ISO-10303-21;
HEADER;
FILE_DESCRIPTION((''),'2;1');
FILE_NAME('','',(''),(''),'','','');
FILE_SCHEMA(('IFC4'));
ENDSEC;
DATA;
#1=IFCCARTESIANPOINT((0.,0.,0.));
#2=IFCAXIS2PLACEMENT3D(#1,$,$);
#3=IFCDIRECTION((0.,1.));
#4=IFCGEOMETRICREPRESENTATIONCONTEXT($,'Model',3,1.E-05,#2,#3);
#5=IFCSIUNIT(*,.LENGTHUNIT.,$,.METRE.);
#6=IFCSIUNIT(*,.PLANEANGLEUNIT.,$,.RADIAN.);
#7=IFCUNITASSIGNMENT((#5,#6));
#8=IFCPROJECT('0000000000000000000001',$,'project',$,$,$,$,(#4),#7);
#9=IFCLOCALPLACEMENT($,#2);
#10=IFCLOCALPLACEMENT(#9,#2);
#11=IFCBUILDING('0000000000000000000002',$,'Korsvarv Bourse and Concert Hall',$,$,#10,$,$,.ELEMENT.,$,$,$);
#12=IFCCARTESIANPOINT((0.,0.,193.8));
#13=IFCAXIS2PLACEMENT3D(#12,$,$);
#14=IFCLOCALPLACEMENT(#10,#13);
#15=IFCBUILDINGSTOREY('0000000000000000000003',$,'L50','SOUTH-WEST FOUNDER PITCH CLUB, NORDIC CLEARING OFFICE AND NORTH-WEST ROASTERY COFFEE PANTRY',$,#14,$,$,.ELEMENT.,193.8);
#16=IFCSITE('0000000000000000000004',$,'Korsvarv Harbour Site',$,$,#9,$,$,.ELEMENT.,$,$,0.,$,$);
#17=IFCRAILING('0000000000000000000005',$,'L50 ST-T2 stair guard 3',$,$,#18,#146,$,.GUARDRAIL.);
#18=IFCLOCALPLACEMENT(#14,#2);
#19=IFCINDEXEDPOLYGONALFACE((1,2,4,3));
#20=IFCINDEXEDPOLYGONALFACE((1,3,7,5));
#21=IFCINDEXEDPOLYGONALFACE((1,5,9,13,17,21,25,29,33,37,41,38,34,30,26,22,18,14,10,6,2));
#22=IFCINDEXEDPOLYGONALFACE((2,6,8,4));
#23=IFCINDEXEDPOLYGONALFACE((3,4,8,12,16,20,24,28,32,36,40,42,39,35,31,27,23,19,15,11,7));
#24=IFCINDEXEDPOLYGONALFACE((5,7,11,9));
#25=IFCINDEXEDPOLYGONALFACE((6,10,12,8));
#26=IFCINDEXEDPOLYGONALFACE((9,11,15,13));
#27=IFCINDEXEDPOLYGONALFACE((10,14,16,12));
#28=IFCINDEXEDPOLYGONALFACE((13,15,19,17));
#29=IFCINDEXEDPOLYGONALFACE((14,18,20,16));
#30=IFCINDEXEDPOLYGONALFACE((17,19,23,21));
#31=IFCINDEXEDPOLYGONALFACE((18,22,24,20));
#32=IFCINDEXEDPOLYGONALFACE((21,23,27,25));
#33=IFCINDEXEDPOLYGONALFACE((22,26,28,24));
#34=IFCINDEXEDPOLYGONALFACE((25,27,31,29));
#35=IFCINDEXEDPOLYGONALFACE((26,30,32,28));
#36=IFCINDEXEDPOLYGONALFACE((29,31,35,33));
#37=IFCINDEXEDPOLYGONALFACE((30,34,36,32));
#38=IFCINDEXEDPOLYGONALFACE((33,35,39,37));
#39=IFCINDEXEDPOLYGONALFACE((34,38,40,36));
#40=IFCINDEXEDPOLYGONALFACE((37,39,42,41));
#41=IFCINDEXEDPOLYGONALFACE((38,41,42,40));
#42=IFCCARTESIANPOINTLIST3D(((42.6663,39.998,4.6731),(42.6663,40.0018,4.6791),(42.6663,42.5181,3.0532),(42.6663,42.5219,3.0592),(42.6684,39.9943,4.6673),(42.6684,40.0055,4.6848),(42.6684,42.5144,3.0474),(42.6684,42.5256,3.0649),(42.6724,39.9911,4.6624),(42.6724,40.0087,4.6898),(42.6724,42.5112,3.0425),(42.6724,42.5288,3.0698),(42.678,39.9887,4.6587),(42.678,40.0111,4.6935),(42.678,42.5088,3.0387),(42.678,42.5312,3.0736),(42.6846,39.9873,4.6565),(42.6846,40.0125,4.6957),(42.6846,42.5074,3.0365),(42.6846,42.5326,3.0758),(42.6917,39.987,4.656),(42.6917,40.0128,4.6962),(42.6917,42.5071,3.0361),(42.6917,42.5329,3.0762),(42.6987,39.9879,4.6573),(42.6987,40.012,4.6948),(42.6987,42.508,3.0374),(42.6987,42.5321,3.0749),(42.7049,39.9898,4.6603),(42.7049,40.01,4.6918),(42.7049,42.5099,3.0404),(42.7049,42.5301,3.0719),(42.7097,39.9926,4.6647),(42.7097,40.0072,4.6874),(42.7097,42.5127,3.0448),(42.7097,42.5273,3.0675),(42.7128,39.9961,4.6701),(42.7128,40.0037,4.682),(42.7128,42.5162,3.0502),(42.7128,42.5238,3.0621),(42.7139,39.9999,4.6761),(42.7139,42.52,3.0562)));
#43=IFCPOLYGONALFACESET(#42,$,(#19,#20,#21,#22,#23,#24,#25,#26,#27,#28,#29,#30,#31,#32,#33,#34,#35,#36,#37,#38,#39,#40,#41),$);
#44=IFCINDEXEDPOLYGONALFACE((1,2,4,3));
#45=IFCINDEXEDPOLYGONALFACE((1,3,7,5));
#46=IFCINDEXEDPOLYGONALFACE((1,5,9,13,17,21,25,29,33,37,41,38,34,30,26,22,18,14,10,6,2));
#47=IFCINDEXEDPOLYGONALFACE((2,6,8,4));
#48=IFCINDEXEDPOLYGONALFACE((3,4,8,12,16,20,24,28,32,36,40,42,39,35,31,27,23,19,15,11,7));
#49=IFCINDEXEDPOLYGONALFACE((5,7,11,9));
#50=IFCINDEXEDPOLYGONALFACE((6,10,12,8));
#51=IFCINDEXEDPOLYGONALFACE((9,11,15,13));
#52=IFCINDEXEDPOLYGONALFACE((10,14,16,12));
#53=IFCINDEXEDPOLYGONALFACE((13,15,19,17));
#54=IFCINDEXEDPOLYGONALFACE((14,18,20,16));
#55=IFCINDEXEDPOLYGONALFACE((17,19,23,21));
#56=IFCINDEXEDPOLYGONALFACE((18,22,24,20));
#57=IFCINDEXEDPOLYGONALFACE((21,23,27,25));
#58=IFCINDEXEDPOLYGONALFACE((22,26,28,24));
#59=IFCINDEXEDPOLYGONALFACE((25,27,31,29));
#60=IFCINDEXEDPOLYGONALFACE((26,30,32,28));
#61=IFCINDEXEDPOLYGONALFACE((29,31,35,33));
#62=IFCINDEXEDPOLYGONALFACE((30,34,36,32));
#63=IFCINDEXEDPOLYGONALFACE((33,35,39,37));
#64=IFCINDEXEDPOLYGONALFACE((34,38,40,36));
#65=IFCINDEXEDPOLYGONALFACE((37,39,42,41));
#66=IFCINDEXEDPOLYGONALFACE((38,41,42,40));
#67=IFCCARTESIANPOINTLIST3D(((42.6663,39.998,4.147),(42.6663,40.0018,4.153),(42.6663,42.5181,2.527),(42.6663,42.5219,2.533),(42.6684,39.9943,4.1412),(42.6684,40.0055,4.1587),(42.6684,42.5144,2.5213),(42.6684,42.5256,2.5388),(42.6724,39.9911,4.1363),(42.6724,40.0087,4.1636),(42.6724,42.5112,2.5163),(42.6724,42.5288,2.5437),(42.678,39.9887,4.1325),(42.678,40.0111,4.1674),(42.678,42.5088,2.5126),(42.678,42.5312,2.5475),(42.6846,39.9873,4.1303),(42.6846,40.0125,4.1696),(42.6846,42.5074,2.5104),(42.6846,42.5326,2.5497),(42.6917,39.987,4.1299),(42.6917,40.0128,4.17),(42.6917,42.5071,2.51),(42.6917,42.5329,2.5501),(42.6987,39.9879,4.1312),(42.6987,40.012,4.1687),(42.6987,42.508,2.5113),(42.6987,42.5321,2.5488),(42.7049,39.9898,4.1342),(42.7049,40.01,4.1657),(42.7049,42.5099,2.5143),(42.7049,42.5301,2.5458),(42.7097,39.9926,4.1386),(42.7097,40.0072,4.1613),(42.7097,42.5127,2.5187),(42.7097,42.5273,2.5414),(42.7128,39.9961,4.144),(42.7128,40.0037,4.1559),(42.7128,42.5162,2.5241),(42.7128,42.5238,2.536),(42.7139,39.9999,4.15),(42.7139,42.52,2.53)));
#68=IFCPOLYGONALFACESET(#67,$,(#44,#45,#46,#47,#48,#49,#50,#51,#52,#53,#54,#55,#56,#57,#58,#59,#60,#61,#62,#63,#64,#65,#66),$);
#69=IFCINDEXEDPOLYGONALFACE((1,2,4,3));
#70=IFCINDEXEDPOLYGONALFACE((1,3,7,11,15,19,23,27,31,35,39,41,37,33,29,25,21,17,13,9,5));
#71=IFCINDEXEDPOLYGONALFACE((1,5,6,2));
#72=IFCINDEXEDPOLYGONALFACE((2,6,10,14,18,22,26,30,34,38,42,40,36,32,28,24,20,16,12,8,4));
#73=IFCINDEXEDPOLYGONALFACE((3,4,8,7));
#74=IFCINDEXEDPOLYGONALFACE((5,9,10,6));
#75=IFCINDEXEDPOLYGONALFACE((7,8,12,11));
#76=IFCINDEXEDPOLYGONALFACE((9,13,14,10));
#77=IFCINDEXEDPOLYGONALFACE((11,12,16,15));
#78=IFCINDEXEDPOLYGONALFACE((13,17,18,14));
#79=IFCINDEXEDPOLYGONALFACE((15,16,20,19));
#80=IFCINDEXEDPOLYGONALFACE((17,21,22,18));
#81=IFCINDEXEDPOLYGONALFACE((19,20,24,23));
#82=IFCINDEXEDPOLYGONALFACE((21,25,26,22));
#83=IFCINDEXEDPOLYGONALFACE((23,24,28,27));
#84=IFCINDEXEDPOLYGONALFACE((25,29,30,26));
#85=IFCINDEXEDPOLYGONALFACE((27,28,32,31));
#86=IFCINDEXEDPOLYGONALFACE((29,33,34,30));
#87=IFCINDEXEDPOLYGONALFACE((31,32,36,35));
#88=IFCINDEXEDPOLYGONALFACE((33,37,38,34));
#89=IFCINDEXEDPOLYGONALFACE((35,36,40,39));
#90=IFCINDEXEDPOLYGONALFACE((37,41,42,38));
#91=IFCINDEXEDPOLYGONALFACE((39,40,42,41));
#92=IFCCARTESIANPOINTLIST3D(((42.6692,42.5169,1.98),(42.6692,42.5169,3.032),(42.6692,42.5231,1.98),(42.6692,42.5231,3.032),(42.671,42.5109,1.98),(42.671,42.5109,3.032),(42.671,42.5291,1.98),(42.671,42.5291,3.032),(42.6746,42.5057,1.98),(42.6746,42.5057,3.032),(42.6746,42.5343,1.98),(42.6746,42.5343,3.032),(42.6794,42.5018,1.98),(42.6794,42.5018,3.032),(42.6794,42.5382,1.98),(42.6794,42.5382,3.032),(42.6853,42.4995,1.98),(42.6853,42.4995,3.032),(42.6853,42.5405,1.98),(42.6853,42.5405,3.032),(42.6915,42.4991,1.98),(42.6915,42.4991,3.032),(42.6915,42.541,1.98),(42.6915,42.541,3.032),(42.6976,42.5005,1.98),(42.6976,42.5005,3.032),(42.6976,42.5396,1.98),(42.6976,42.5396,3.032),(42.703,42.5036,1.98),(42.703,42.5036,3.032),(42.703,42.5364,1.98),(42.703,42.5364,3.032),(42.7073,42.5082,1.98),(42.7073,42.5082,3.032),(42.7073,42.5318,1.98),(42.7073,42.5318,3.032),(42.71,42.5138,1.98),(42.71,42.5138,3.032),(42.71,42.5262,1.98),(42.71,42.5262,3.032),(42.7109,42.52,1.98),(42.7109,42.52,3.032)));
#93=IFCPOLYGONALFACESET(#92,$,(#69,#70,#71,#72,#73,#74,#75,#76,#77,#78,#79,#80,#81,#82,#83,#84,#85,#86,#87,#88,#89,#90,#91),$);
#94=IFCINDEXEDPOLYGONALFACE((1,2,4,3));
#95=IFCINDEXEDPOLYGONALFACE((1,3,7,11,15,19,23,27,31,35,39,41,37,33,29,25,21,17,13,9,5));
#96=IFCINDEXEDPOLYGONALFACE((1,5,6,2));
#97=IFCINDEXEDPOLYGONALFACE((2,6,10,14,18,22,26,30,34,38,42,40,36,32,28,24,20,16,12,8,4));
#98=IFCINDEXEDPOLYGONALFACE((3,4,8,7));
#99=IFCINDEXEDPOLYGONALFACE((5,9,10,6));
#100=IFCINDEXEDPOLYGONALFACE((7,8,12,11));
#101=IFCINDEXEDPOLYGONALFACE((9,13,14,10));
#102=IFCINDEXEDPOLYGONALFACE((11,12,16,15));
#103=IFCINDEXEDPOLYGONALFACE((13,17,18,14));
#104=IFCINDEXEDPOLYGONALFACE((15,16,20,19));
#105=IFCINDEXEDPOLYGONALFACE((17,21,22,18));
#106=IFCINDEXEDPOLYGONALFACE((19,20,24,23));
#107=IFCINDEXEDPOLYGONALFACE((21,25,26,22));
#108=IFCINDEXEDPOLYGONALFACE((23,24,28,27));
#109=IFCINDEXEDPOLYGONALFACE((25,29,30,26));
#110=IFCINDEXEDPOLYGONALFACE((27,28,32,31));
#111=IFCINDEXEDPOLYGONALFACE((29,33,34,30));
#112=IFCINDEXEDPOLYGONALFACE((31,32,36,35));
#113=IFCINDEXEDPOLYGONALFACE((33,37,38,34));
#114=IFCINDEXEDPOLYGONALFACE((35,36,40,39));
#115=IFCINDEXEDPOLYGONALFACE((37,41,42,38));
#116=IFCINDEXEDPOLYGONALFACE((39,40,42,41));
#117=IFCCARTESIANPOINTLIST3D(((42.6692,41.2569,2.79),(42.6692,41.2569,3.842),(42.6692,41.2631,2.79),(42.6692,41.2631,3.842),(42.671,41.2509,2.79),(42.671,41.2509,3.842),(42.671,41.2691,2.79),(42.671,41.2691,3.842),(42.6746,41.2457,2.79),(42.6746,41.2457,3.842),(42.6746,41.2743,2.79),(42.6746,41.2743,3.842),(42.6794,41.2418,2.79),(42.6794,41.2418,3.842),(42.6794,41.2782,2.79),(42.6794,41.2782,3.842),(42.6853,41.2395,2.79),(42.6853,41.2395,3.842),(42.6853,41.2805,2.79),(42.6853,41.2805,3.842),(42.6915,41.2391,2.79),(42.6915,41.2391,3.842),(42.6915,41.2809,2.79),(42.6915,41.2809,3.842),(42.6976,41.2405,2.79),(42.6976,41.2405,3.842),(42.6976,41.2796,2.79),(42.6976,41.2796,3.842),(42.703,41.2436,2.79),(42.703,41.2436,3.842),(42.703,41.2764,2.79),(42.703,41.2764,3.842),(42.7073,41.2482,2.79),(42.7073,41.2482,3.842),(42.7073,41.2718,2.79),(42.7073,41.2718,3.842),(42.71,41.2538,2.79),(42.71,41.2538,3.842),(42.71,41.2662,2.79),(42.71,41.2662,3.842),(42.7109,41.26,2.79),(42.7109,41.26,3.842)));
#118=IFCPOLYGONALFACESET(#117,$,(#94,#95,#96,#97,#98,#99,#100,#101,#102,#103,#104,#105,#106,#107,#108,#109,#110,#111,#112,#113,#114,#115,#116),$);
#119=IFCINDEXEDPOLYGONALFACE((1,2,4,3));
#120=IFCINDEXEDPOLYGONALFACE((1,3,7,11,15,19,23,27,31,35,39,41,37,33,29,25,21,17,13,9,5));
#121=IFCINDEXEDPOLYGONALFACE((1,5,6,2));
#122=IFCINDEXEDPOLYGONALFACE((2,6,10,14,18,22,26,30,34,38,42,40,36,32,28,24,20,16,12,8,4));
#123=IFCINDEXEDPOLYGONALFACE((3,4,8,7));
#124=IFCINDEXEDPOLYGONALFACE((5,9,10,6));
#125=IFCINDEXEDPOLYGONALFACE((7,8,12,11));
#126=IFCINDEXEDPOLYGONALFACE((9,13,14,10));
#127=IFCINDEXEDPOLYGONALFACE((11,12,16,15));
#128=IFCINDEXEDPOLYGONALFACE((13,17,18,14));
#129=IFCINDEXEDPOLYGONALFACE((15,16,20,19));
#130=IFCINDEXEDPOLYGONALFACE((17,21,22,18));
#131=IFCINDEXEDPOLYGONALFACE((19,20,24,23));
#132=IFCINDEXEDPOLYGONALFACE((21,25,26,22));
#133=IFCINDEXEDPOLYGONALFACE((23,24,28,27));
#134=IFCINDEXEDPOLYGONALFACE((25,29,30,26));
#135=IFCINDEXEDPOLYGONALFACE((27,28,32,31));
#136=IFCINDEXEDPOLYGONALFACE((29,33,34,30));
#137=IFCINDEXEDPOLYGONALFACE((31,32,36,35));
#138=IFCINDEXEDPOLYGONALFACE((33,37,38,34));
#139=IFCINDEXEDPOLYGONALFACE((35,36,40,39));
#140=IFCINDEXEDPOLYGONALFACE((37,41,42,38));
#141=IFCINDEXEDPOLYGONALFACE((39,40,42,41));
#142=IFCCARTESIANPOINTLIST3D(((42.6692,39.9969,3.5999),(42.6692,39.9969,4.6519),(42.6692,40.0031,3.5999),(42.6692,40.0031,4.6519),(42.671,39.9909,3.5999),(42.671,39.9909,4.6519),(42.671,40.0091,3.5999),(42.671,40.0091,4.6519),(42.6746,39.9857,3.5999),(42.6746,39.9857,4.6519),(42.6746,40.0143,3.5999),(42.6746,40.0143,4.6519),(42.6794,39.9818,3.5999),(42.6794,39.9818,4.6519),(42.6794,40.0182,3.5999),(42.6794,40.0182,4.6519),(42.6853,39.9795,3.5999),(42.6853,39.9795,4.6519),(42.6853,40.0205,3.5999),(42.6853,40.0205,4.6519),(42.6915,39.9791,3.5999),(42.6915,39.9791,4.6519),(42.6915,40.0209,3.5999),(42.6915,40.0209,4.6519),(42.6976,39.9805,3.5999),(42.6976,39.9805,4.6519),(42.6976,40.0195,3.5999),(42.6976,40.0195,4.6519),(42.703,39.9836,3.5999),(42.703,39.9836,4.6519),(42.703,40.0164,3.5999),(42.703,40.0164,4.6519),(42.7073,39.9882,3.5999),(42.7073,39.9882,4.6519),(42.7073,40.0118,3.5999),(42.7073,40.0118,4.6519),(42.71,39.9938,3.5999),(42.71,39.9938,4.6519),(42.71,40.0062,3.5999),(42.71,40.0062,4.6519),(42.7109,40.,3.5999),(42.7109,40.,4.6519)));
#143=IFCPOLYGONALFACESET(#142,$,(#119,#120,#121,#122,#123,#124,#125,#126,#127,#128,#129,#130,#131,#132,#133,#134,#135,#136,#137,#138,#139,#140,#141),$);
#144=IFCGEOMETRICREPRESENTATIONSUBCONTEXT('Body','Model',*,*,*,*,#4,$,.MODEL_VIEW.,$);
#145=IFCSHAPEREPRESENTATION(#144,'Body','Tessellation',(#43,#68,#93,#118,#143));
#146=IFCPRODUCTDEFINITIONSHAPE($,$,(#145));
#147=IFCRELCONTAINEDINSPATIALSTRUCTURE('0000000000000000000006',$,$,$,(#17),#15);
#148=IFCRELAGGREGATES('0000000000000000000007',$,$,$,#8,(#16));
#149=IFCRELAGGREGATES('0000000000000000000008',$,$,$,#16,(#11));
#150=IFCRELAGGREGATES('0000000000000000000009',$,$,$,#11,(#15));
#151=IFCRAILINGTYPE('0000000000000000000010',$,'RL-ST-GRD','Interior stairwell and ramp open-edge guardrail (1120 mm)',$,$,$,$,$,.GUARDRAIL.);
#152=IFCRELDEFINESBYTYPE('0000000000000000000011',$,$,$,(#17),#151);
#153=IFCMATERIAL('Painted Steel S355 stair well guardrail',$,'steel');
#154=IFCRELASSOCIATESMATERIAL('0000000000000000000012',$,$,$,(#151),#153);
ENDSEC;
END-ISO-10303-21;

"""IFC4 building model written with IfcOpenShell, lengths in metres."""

from ifc_helpers import new_model, si_unit, direction, frame, origin, origin_2d, place, context, subcontext, project, spatial, circle, extrude, material, type_object, element, save


model = new_model("IFC4")

# Units and contexts
model_context = context("Model", 3, precision=1e-05, world=origin(), true_north=direction((0.0, 1.0)))
body_context = subcontext(model_context, "Body", "Model", "MODEL_VIEW")
ifc_project = project(units=[si_unit("LENGTHUNIT", "METRE"), si_unit("PLANEANGLEUNIT", "RADIAN")], contexts=[model_context])

# Site, building, storey
site_placement = place(None, origin())
site = spatial("IfcSite", under=ifc_project, at=site_placement, Name="Korsvarv Harbour Site", CompositionType="ELEMENT", RefElevation=0.0)
building_placement = place(site_placement, origin())
building = spatial("IfcBuilding", under=site, at=building_placement, Name="Korsvarv Bourse and Concert Hall", CompositionType="ELEMENT")
storey_placement = place(building_placement, frame((0.0, 0.0, 193.8)))
storey = spatial("IfcBuildingStorey", under=building, at=storey_placement, Name="L50", Description="SOUTH-WEST FOUNDER PITCH CLUB, NORDIC CLEARING OFFICE AND NORTH-WEST ROASTERY COFFEE PANTRY", CompositionType="ELEMENT", Elevation=193.8)

# Railing
ifc_material_1 = material(Name="Painted Steel S355 stair well guardrail", Category="steel")
railing_type_1 = type_object("IfcRailingType", Name="RL-ST-GRD", Description="Interior stairwell and ramp open-edge guardrail (1120 mm)", PredefinedType="GUARDRAIL", material=ifc_material_1)
railing_1_placement = place(storey_placement, frame((42.6899, 42.52, 1.98)))
element("IfcRailing", 1, at=railing_1_placement, inside=storey, type_object=railing_type_1, Name="L50 ST-T2 stair guard 3", PredefinedType="GUARDRAIL", context=body_context, shape_type="SweptSolid", body=[
    extrude(circle(Radius=0.0239, at=origin_2d()), frame((0.0, 0.0, 1.0762), z_axis=(0.0, -0.8412, 0.540725), x_axis=(1.0, 0.0, 0.0)), (0.0, 0.0, 1.0), 2.9958),
    extrude(circle(Radius=0.0239, at=origin_2d()), frame((0.0, 0.0, 0.55), z_axis=(0.0, -0.8412, 0.540725), x_axis=(1.0, 0.0, 0.0)), (0.0, 0.0, 1.0), 2.9958),
    extrude(circle(Radius=0.021, at=origin_2d()), origin(), (0.0, 0.0, 1.0), 1.052),
    extrude(circle(Radius=0.021, at=origin_2d()), frame((0.0, -1.26, 0.8101)), (0.0, 0.0, 1.0), 1.052),
    extrude(circle(Radius=0.021, at=origin_2d()), frame((0.0, -2.52, 1.6199)), (0.0, 0.0, 1.0), 1.052),
])

save(model, "model.ifc")
